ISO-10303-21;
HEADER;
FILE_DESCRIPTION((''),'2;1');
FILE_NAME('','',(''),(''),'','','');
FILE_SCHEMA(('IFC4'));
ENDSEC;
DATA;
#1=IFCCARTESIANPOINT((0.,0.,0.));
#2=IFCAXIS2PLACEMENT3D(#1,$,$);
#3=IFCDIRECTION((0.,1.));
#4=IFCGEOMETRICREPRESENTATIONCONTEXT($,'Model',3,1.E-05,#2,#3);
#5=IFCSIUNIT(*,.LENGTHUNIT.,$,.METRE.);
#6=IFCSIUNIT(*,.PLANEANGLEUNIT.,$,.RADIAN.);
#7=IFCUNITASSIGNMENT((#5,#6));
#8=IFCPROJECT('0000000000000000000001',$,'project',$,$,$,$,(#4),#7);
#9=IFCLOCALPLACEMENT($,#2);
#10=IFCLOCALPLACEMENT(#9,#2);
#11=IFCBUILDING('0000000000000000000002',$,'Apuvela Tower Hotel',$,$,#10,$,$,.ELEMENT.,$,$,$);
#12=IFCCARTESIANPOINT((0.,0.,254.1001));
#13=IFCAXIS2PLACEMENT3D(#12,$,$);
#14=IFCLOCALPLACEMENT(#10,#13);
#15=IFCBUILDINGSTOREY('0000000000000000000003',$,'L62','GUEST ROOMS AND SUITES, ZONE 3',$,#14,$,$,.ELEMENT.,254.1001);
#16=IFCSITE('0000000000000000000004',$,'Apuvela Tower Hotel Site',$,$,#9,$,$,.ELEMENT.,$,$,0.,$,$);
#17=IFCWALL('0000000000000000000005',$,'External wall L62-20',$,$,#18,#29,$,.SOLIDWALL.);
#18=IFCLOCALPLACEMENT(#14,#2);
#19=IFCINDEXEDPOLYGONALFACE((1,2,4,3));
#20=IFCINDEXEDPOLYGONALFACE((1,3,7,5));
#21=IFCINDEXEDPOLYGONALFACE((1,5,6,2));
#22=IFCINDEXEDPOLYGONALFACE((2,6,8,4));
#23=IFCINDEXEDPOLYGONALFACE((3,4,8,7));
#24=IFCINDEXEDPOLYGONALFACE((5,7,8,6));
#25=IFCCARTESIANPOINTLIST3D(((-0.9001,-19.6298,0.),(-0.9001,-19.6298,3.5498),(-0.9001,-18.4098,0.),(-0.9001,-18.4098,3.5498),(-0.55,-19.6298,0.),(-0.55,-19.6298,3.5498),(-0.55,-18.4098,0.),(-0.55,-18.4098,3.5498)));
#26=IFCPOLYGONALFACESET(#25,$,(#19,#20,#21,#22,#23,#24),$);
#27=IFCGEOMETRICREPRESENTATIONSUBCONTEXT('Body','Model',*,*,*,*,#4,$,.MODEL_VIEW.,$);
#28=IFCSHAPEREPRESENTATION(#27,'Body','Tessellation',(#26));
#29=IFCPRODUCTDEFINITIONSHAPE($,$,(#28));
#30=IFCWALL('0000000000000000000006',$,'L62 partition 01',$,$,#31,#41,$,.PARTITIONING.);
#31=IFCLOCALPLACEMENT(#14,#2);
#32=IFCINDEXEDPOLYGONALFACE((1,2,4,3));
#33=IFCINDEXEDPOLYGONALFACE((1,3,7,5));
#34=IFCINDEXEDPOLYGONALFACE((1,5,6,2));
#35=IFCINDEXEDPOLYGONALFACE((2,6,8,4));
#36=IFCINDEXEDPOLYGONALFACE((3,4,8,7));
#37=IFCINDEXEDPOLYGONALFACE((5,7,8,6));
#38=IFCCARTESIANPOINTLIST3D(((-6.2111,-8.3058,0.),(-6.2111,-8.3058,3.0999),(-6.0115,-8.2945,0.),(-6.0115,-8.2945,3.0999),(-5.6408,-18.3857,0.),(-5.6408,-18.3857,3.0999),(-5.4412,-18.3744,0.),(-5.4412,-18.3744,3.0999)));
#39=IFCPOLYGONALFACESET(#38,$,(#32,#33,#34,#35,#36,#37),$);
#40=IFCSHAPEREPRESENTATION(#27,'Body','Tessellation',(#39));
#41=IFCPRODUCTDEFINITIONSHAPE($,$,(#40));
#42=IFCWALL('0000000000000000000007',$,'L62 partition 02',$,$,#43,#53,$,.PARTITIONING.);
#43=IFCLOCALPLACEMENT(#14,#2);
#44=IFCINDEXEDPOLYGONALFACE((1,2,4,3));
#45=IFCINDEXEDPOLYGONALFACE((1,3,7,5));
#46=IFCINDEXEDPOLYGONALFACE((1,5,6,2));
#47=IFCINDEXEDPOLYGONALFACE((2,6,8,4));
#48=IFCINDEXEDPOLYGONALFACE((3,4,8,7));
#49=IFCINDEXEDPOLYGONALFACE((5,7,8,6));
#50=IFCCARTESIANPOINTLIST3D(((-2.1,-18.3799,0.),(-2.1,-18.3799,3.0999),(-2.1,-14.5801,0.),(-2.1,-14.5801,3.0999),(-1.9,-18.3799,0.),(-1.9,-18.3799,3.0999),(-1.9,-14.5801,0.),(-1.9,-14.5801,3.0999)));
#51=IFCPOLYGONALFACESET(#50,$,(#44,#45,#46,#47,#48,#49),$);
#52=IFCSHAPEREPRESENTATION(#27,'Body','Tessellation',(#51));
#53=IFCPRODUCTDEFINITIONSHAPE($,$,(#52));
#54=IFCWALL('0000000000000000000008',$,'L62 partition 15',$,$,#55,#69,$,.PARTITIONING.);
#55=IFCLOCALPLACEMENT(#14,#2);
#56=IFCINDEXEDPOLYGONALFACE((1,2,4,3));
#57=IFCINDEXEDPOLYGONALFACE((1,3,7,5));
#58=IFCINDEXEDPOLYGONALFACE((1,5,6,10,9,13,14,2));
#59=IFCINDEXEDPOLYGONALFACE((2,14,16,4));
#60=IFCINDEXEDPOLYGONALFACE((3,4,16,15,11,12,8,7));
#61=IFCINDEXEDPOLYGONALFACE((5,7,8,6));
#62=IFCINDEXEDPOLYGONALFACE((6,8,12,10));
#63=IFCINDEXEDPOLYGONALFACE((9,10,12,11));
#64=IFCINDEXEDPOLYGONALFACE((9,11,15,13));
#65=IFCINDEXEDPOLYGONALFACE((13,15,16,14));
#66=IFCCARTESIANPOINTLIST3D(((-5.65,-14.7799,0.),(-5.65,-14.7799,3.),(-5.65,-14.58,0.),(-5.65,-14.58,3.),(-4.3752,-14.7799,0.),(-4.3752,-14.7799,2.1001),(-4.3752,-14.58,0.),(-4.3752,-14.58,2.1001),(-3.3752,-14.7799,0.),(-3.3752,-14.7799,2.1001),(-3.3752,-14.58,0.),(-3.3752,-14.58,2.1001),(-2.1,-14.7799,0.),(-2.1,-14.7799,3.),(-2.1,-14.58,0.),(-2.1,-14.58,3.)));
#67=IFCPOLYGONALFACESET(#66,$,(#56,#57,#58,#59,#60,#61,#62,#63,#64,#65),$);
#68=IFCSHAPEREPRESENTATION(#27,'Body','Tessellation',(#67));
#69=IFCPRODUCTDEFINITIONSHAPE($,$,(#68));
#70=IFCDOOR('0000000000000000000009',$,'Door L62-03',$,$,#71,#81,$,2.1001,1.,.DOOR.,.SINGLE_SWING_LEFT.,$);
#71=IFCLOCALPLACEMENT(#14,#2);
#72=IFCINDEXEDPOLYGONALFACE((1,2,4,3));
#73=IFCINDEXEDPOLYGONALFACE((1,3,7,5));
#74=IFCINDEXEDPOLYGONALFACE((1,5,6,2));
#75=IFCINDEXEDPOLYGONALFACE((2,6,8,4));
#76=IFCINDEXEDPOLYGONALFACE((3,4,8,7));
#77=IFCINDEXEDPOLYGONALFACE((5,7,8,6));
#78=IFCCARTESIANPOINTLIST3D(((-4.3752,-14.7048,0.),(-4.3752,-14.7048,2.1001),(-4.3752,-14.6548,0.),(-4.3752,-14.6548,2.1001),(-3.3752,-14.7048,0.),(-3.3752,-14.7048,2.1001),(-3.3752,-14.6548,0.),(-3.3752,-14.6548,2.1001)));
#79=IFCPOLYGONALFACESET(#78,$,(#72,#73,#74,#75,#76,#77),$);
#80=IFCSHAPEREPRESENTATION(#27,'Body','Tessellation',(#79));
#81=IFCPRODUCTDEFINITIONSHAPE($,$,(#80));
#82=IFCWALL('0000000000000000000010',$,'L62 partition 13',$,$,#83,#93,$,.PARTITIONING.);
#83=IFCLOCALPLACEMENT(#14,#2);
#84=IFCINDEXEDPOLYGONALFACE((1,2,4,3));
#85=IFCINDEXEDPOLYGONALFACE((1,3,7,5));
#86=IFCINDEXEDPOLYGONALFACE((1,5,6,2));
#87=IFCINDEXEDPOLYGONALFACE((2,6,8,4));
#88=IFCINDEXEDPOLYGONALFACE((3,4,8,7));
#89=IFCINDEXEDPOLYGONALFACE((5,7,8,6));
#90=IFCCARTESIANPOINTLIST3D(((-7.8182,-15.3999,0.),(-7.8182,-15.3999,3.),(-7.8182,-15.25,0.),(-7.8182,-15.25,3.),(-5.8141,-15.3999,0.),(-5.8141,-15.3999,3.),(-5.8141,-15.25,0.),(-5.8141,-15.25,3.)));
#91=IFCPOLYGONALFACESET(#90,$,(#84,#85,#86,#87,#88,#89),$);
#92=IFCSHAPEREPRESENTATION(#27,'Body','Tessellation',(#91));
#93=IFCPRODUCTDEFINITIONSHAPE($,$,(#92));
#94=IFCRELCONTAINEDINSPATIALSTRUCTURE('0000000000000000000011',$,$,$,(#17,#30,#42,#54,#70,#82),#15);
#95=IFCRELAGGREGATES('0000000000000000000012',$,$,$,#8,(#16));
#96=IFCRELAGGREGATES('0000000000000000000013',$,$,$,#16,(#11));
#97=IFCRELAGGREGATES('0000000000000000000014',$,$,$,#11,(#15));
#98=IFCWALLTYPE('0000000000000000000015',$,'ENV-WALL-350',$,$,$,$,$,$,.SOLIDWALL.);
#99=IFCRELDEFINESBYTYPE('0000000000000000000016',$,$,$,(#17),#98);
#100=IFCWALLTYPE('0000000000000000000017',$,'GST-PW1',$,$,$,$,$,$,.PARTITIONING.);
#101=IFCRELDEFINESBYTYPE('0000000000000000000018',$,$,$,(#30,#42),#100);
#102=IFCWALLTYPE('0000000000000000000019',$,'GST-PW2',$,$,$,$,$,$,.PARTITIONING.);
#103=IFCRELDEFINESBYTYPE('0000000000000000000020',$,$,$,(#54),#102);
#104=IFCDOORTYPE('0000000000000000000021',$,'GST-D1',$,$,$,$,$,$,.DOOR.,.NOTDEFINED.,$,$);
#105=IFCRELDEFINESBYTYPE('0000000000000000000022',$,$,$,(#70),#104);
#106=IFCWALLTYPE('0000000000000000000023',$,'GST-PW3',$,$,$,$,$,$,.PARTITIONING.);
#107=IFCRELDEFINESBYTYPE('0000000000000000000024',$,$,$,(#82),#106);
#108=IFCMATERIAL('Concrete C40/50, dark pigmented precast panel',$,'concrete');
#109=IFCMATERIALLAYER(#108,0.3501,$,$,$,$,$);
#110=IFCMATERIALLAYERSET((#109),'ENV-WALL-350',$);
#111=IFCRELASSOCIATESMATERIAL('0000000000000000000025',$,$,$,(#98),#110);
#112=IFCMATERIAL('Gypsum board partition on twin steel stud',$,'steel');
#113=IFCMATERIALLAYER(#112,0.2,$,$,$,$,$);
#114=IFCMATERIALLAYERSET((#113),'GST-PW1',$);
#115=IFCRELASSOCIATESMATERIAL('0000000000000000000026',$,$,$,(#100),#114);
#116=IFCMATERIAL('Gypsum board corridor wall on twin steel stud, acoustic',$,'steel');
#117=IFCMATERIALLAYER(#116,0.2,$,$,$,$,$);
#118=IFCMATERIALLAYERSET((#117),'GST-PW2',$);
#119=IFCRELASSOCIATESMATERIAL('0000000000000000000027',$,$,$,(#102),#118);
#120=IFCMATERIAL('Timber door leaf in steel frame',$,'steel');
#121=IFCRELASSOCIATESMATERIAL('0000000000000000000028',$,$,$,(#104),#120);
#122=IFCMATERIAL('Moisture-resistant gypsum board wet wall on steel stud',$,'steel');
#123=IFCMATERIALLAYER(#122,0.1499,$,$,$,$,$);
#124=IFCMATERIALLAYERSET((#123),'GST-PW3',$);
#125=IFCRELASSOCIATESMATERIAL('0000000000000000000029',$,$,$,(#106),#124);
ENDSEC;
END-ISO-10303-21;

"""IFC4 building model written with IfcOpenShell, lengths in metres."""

from ifc_helpers import new_model, si_unit, direction, frame, frame_2d, origin, place, context, subcontext, project, spatial, rectangle, extrude, material, layer, layer_set, type_object, element, fill, save


model = new_model("IFC4")

# Units and contexts
model_context = context("Model", 3, precision=1e-05, world=origin(), true_north=direction((0.0, 1.0)))
body_context = subcontext(model_context, "Body", "Model", "MODEL_VIEW")
ifc_project = project(units=[si_unit("LENGTHUNIT", "METRE"), si_unit("PLANEANGLEUNIT", "RADIAN")], contexts=[model_context])

# Site, building, storey
site_placement = place(None, origin())
site = spatial("IfcSite", under=ifc_project, at=site_placement, Name="Apuvela Tower Hotel Site", CompositionType="ELEMENT", RefElevation=0.0)
building_placement = place(site_placement, origin())
building = spatial("IfcBuilding", under=site, at=building_placement, Name="Apuvela Tower Hotel", CompositionType="ELEMENT")
storey_placement = place(building_placement, frame((0.0, 0.0, 254.1001)))
storey = spatial("IfcBuildingStorey", under=building, at=storey_placement, Name="L62", Description="GUEST ROOMS AND SUITES, ZONE 3", CompositionType="ELEMENT", Elevation=254.1001)

# Shared definitions
ifc_material_1 = material(Name="Concrete C40/50, dark pigmented precast panel", Category="concrete")
ifc_layer_1 = layer(ifc_material_1, 0.3501)
ifc_layer_set_1 = layer_set([ifc_layer_1], Name="ENV-WALL-350")
wall_type_1 = type_object("IfcWallType", Name="ENV-WALL-350", PredefinedType="SOLIDWALL", material=ifc_layer_set_1)

# Wall
wall_1_placement = place(storey_placement, frame((-0.7251, -18.4099, 0.0), z_axis=(0.0, 0.0, 1.0), x_axis=(0.0, -1.0, 0.0)))
element("IfcWall", 1, at=wall_1_placement, inside=storey, type_object=wall_type_1, Name="External wall L62-20", PredefinedType="SOLIDWALL", context=body_context, shape_type="SweptSolid", body=[
    extrude(rectangle(XDim=1.22, YDim=0.3501, at=frame_2d((0.6099, 0.0))), origin(), (0.0, 0.0, 1.0), 3.5498),
])

# Walls
ifc_material_2 = material(Name="Gypsum board partition on twin steel stud", Category="steel")
ifc_layer_2 = layer(ifc_material_2, 0.2)
ifc_layer_set_2 = layer_set([ifc_layer_2], Name="GST-PW1")
wall_type_2 = type_object("IfcWallType", Name="GST-PW1", PredefinedType="PARTITIONING", material=ifc_layer_set_2)
wall_2_placement = place(storey_placement, frame((-5.541, -18.3799, 0.0), z_axis=(0.0, 0.0, 1.0), x_axis=(-0.056489, 0.998403, 0.0)))
element("IfcWall", 2, at=wall_2_placement, inside=storey, type_object=wall_type_2, Name="L62 partition 01", PredefinedType="PARTITIONING", context=body_context, shape_type="SweptSolid", body=[
    extrude(rectangle(XDim=10.0959, YDim=0.2, at=frame_2d((5.0479, 0.0))), origin(), (0.0, 0.0, 1.0), 3.0999),
])
wall_3_placement = place(storey_placement, frame((-2.0, -18.3799, 0.0), z_axis=(0.0, 0.0, 1.0), x_axis=(0.0, 1.0, 0.0)))
element("IfcWall", 3, at=wall_3_placement, inside=storey, type_object=wall_type_2, Name="L62 partition 02", PredefinedType="PARTITIONING", context=body_context, shape_type="SweptSolid", body=[
    extrude(rectangle(XDim=3.7998, YDim=0.2, at=frame_2d((1.8999, 0.0))), origin(), (0.0, 0.0, 1.0), 3.0999),
])

# Wall, opening, door
ifc_material_3 = material(Name="Gypsum board corridor wall on twin steel stud, acoustic", Category="steel")
ifc_layer_3 = layer(ifc_material_3, 0.2)
ifc_layer_set_3 = layer_set([ifc_layer_3], Name="GST-PW2")
wall_type_3 = type_object("IfcWallType", Name="GST-PW2", PredefinedType="PARTITIONING", material=ifc_layer_set_3)
wall_4_placement = place(storey_placement, frame((-2.1001, -14.6799, 0.0), z_axis=(0.0, 0.0, 1.0), x_axis=(-1.0, 0.0, 0.0)))
wall_4 = element("IfcWall", 4, at=wall_4_placement, inside=storey, type_object=wall_type_3, Name="L62 partition 15", PredefinedType="PARTITIONING", context=body_context, shape_type="SweptSolid", body=[
    extrude(rectangle(XDim=3.55, YDim=0.2, at=frame_2d((1.7749, 0.0))), origin(), (0.0, 0.0, 1.0), 3.0),
])
opening_1_placement = place(wall_4_placement, frame((1.2751, 0.0, 0.0)))
opening_1 = element("IfcOpeningElement", 5, at=opening_1_placement, cuts=wall_4, PredefinedType="OPENING", context=body_context, shape_type="SweptSolid", body=[
    extrude(rectangle(XDim=1.0, YDim=2.1001, at=frame_2d((0.5, 1.05))), frame((0.0, 0.1099, 0.0), z_axis=(0.0, -1.0, 0.0), x_axis=(1.0, 0.0, 0.0)), (0.0, 0.0, 1.0), 0.22),
])
ifc_material_4 = material(Name="Timber door leaf in steel frame", Category="steel")
door_type_1 = type_object("IfcDoorType", Name="GST-D1", OperationType="NOTDEFINED", PredefinedType="DOOR", material=ifc_material_4)
door_1_placement = place(opening_1_placement, origin())
door_1 = element("IfcDoor", 6, at=door_1_placement, inside=storey, type_object=door_type_1, Name="Door L62-03", OperationType="SINGLE_SWING_LEFT", OverallHeight=2.1001, OverallWidth=1.0, PredefinedType="DOOR", context=body_context, shape_type="SweptSolid", body=[
    extrude(rectangle(XDim=1.0, YDim=2.1001, at=frame_2d((0.5, 1.05))), frame((0.0, 0.0249, 0.0), z_axis=(0.0, -1.0, 0.0), x_axis=(1.0, 0.0, 0.0)), (0.0, 0.0, 1.0), 0.05),
])
fill(opening_1, door_1)

# Wall
ifc_material_5 = material(Name="Moisture-resistant gypsum board wet wall on steel stud", Category="steel")
ifc_layer_4 = layer(ifc_material_5, 0.1499)
ifc_layer_set_4 = layer_set([ifc_layer_4], Name="GST-PW3")
wall_type_4 = type_object("IfcWallType", Name="GST-PW3", PredefinedType="PARTITIONING", material=ifc_layer_set_4)
wall_5_placement = place(storey_placement, frame((-7.8181, -15.325, 0.0), z_axis=(0.0, 0.0, 1.0), x_axis=(1.0, 0.0, 0.0)))
element("IfcWall", 7, at=wall_5_placement, inside=storey, type_object=wall_type_4, Name="L62 partition 13", PredefinedType="PARTITIONING", context=body_context, shape_type="SweptSolid", body=[
    extrude(rectangle(XDim=2.0042, YDim=0.1499, at=frame_2d((1.002, 0.0))), origin(), (0.0, 0.0, 1.0), 3.0),
])

save(model, "model.ifc")
